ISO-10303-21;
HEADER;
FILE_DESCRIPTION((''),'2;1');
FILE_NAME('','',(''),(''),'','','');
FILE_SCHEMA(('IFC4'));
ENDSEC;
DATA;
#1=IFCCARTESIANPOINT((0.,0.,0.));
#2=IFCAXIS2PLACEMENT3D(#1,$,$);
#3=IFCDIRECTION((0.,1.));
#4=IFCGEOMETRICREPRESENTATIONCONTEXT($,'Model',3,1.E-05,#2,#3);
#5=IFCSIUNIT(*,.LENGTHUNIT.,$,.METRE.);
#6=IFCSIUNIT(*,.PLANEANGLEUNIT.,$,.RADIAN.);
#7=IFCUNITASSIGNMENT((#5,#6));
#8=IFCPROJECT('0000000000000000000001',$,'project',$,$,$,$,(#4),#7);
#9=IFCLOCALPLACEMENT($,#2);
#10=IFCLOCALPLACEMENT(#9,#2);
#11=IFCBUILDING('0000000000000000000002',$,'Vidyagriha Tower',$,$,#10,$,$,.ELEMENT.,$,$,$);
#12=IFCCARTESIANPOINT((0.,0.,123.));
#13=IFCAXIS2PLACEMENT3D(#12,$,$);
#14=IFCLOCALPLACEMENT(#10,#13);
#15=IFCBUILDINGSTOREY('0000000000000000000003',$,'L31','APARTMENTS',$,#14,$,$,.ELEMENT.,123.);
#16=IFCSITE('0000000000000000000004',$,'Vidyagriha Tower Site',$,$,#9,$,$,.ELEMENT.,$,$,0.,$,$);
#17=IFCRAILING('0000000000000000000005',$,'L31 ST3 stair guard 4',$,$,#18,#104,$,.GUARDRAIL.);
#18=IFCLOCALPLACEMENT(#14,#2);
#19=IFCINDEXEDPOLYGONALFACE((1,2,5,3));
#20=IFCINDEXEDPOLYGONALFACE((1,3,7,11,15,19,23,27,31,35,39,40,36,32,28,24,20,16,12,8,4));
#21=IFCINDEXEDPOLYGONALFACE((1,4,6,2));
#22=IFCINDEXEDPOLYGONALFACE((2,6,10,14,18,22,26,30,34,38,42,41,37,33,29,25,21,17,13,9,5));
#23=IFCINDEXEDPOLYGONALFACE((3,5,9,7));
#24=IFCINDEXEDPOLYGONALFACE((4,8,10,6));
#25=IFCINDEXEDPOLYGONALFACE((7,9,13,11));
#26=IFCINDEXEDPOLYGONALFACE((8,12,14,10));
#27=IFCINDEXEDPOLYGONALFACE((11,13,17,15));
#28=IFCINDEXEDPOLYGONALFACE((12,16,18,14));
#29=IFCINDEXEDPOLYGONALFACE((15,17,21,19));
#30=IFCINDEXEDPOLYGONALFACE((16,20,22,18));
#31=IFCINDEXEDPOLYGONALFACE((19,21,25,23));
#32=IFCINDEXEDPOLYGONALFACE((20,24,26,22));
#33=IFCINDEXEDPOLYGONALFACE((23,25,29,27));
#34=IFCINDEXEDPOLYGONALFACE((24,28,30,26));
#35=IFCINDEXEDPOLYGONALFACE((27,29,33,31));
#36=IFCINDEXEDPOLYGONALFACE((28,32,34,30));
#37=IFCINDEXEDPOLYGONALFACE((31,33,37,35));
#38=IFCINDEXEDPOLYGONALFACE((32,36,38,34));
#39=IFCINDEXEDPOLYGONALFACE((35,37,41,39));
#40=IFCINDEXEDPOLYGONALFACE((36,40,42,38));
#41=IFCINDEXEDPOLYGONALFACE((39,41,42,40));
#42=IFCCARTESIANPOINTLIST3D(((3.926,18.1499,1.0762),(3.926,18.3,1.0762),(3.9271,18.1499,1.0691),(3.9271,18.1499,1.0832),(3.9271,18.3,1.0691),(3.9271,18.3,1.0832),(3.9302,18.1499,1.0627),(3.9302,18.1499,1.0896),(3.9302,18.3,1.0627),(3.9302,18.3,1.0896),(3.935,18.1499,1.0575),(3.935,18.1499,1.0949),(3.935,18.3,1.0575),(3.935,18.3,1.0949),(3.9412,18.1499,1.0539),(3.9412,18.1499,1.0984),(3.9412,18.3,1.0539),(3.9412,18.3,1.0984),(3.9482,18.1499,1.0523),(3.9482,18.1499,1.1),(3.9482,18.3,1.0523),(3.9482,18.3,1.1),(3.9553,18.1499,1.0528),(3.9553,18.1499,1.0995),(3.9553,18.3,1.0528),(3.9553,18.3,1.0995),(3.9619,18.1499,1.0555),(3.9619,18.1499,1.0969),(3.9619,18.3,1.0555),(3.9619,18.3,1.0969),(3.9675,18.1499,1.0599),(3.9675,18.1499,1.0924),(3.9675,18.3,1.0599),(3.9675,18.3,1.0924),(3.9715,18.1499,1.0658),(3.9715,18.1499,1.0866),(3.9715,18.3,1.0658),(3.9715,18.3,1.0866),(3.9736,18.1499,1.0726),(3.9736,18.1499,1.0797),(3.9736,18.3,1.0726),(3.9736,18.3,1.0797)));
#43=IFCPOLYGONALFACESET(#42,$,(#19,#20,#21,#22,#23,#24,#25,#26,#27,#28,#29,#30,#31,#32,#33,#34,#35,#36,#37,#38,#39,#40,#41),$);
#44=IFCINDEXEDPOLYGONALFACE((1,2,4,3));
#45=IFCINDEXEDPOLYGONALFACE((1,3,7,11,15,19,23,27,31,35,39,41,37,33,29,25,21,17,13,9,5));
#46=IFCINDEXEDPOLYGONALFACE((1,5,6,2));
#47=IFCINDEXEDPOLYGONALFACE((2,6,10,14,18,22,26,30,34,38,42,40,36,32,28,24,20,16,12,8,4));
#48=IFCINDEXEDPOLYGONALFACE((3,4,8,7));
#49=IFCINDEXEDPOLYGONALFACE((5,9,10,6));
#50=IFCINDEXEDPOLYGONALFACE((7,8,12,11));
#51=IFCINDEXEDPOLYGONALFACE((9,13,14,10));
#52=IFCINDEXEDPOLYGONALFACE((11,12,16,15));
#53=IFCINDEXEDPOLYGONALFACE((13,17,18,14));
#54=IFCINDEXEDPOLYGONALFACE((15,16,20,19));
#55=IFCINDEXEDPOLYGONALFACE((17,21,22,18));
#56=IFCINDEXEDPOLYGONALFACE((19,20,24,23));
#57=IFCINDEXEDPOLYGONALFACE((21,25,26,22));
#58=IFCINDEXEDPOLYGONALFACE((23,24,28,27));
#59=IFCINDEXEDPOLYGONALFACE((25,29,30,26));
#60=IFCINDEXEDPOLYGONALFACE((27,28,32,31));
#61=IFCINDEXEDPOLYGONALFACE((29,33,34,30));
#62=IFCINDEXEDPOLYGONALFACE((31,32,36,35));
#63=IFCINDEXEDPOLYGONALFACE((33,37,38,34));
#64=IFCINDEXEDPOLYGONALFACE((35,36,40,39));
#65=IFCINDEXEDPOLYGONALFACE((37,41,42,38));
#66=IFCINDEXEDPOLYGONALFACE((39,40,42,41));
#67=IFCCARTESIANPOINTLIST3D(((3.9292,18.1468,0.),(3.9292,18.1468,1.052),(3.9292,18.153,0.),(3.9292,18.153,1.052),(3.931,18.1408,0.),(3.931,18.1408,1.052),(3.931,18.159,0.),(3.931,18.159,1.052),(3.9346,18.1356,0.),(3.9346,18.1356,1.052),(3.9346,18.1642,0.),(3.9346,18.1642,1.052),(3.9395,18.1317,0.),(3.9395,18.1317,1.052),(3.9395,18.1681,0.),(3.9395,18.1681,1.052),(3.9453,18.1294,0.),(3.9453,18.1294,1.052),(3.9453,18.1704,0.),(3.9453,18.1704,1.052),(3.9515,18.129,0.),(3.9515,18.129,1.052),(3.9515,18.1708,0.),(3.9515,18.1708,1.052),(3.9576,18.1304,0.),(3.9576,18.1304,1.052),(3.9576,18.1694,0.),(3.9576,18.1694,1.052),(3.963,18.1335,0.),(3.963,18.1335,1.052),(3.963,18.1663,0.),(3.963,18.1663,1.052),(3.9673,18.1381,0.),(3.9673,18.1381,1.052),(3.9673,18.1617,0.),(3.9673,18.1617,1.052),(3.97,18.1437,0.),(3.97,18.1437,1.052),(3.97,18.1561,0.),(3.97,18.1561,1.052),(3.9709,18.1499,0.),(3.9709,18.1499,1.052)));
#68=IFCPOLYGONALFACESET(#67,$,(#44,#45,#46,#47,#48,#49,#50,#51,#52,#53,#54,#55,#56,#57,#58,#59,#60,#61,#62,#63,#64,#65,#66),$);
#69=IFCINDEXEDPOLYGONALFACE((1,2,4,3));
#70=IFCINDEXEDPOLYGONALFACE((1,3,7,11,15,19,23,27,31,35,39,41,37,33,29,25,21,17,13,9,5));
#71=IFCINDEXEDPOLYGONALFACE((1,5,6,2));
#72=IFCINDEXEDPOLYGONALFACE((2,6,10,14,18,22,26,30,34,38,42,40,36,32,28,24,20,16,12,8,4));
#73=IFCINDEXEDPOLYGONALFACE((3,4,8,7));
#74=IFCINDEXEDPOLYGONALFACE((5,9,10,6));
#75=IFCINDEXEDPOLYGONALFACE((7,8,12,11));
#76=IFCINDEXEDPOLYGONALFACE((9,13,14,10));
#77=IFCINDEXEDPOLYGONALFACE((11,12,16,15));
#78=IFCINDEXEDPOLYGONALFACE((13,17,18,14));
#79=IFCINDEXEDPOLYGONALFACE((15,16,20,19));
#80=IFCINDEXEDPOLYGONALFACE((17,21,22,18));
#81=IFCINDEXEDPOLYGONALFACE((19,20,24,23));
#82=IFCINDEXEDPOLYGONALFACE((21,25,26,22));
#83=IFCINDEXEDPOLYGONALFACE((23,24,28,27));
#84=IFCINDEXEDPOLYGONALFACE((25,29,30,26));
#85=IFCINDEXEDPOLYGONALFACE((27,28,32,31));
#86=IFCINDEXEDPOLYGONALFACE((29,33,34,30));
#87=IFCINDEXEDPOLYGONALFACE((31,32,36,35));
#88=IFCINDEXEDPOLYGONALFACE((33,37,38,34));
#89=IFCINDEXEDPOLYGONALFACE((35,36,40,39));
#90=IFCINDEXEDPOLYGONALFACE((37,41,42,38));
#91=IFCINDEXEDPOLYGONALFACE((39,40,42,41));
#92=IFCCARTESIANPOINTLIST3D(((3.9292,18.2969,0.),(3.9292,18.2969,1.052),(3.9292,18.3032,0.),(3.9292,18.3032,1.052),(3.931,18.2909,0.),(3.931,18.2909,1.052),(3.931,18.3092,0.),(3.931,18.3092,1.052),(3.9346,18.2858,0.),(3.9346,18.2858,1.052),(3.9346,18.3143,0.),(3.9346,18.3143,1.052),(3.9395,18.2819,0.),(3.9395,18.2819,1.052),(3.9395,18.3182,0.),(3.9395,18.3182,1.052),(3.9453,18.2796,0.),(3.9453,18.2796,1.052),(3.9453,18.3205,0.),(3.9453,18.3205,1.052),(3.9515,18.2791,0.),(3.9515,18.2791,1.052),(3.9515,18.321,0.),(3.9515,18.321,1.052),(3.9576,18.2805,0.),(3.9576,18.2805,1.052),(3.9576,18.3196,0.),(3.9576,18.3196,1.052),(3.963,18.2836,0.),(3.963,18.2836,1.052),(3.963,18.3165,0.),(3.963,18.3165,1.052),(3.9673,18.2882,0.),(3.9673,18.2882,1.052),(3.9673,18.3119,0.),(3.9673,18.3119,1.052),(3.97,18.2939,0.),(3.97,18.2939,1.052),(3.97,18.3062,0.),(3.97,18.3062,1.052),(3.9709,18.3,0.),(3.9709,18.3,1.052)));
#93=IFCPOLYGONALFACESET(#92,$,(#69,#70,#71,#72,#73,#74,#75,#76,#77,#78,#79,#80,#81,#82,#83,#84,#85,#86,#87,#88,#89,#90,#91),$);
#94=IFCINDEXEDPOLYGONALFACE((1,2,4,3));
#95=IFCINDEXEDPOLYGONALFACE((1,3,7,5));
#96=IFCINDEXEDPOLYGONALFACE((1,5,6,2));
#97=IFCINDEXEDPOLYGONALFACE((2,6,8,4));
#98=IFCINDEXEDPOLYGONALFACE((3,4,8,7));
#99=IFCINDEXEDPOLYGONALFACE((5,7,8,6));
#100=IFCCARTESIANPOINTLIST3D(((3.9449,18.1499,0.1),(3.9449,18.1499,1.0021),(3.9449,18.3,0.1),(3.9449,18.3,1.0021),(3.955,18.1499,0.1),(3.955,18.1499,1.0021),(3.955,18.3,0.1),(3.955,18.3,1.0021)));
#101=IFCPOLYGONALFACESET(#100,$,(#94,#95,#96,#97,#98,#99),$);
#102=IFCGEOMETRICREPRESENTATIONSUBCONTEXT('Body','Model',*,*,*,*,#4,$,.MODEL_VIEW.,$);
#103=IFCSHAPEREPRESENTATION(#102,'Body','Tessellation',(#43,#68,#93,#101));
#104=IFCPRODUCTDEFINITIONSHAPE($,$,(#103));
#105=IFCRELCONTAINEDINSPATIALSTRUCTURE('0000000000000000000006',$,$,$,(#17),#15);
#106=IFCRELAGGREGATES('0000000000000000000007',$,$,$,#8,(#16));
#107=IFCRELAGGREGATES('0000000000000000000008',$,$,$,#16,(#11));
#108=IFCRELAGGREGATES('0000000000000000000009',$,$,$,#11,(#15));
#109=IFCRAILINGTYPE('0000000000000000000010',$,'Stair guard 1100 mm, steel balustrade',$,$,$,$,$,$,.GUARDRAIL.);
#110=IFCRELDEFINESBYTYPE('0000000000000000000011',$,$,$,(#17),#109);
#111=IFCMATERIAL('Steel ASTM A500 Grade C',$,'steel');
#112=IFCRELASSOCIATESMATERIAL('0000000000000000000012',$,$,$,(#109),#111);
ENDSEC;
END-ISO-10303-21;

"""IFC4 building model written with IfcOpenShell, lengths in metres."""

from ifc_helpers import new_model, si_unit, direction, frame, origin, origin_2d, place, context, subcontext, project, spatial, rectangle, circle, extrude, material, type_object, element, save


model = new_model("IFC4")

# Units and contexts
model_context = context("Model", 3, precision=1e-05, world=origin(), true_north=direction((0.0, 1.0)))
body_context = subcontext(model_context, "Body", "Model", "MODEL_VIEW")
ifc_project = project(units=[si_unit("LENGTHUNIT", "METRE"), si_unit("PLANEANGLEUNIT", "RADIAN")], contexts=[model_context])

# Site, building, storey
site_placement = place(None, origin())
site = spatial("IfcSite", under=ifc_project, at=site_placement, Name="Vidyagriha Tower Site", CompositionType="ELEMENT", RefElevation=0.0)
building_placement = place(site_placement, origin())
building = spatial("IfcBuilding", under=site, at=building_placement, Name="Vidyagriha Tower", CompositionType="ELEMENT")
storey_placement = place(building_placement, frame((0.0, 0.0, 123.0)))
storey = spatial("IfcBuildingStorey", under=building, at=storey_placement, Name="L31", Description="APARTMENTS", CompositionType="ELEMENT", Elevation=123.0)

# Railing
ifc_material_1 = material(Name="Steel ASTM A500 Grade C", Category="steel")
railing_type_1 = type_object("IfcRailingType", Name="Stair guard 1100 mm, steel balustrade", PredefinedType="GUARDRAIL", material=ifc_material_1)
railing_1_placement = place(storey_placement, frame((3.95, 18.1499, 0.0)))
element("IfcRailing", 1, at=railing_1_placement, inside=storey, type_object=railing_type_1, Name="L31 ST3 stair guard 4", PredefinedType="GUARDRAIL", context=body_context, shape_type="SweptSolid", body=[
    extrude(circle(Radius=0.0239, at=origin_2d()), frame((0.0, 0.0, 1.0762), z_axis=(0.0, 1.0, 0.0), x_axis=(-1.0, 0.0, 0.0)), (0.0, 0.0, 1.0), 0.1501),
    extrude(circle(Radius=0.021, at=origin_2d()), origin(), (0.0, 0.0, 1.0), 1.052),
    extrude(circle(Radius=0.021, at=origin_2d()), frame((0.0, 0.1501, 0.0)), (0.0, 0.0, 1.0), 1.052),
    extrude(rectangle(XDim=0.01, YDim=0.9021, at=origin_2d()), frame((0.0, 0.0, 0.551), z_axis=(0.0, 1.0, 0.0), x_axis=(-1.0, 0.0, 0.0)), (0.0, 0.0, 1.0), 0.1501),
])

save(model, "model.ifc")
